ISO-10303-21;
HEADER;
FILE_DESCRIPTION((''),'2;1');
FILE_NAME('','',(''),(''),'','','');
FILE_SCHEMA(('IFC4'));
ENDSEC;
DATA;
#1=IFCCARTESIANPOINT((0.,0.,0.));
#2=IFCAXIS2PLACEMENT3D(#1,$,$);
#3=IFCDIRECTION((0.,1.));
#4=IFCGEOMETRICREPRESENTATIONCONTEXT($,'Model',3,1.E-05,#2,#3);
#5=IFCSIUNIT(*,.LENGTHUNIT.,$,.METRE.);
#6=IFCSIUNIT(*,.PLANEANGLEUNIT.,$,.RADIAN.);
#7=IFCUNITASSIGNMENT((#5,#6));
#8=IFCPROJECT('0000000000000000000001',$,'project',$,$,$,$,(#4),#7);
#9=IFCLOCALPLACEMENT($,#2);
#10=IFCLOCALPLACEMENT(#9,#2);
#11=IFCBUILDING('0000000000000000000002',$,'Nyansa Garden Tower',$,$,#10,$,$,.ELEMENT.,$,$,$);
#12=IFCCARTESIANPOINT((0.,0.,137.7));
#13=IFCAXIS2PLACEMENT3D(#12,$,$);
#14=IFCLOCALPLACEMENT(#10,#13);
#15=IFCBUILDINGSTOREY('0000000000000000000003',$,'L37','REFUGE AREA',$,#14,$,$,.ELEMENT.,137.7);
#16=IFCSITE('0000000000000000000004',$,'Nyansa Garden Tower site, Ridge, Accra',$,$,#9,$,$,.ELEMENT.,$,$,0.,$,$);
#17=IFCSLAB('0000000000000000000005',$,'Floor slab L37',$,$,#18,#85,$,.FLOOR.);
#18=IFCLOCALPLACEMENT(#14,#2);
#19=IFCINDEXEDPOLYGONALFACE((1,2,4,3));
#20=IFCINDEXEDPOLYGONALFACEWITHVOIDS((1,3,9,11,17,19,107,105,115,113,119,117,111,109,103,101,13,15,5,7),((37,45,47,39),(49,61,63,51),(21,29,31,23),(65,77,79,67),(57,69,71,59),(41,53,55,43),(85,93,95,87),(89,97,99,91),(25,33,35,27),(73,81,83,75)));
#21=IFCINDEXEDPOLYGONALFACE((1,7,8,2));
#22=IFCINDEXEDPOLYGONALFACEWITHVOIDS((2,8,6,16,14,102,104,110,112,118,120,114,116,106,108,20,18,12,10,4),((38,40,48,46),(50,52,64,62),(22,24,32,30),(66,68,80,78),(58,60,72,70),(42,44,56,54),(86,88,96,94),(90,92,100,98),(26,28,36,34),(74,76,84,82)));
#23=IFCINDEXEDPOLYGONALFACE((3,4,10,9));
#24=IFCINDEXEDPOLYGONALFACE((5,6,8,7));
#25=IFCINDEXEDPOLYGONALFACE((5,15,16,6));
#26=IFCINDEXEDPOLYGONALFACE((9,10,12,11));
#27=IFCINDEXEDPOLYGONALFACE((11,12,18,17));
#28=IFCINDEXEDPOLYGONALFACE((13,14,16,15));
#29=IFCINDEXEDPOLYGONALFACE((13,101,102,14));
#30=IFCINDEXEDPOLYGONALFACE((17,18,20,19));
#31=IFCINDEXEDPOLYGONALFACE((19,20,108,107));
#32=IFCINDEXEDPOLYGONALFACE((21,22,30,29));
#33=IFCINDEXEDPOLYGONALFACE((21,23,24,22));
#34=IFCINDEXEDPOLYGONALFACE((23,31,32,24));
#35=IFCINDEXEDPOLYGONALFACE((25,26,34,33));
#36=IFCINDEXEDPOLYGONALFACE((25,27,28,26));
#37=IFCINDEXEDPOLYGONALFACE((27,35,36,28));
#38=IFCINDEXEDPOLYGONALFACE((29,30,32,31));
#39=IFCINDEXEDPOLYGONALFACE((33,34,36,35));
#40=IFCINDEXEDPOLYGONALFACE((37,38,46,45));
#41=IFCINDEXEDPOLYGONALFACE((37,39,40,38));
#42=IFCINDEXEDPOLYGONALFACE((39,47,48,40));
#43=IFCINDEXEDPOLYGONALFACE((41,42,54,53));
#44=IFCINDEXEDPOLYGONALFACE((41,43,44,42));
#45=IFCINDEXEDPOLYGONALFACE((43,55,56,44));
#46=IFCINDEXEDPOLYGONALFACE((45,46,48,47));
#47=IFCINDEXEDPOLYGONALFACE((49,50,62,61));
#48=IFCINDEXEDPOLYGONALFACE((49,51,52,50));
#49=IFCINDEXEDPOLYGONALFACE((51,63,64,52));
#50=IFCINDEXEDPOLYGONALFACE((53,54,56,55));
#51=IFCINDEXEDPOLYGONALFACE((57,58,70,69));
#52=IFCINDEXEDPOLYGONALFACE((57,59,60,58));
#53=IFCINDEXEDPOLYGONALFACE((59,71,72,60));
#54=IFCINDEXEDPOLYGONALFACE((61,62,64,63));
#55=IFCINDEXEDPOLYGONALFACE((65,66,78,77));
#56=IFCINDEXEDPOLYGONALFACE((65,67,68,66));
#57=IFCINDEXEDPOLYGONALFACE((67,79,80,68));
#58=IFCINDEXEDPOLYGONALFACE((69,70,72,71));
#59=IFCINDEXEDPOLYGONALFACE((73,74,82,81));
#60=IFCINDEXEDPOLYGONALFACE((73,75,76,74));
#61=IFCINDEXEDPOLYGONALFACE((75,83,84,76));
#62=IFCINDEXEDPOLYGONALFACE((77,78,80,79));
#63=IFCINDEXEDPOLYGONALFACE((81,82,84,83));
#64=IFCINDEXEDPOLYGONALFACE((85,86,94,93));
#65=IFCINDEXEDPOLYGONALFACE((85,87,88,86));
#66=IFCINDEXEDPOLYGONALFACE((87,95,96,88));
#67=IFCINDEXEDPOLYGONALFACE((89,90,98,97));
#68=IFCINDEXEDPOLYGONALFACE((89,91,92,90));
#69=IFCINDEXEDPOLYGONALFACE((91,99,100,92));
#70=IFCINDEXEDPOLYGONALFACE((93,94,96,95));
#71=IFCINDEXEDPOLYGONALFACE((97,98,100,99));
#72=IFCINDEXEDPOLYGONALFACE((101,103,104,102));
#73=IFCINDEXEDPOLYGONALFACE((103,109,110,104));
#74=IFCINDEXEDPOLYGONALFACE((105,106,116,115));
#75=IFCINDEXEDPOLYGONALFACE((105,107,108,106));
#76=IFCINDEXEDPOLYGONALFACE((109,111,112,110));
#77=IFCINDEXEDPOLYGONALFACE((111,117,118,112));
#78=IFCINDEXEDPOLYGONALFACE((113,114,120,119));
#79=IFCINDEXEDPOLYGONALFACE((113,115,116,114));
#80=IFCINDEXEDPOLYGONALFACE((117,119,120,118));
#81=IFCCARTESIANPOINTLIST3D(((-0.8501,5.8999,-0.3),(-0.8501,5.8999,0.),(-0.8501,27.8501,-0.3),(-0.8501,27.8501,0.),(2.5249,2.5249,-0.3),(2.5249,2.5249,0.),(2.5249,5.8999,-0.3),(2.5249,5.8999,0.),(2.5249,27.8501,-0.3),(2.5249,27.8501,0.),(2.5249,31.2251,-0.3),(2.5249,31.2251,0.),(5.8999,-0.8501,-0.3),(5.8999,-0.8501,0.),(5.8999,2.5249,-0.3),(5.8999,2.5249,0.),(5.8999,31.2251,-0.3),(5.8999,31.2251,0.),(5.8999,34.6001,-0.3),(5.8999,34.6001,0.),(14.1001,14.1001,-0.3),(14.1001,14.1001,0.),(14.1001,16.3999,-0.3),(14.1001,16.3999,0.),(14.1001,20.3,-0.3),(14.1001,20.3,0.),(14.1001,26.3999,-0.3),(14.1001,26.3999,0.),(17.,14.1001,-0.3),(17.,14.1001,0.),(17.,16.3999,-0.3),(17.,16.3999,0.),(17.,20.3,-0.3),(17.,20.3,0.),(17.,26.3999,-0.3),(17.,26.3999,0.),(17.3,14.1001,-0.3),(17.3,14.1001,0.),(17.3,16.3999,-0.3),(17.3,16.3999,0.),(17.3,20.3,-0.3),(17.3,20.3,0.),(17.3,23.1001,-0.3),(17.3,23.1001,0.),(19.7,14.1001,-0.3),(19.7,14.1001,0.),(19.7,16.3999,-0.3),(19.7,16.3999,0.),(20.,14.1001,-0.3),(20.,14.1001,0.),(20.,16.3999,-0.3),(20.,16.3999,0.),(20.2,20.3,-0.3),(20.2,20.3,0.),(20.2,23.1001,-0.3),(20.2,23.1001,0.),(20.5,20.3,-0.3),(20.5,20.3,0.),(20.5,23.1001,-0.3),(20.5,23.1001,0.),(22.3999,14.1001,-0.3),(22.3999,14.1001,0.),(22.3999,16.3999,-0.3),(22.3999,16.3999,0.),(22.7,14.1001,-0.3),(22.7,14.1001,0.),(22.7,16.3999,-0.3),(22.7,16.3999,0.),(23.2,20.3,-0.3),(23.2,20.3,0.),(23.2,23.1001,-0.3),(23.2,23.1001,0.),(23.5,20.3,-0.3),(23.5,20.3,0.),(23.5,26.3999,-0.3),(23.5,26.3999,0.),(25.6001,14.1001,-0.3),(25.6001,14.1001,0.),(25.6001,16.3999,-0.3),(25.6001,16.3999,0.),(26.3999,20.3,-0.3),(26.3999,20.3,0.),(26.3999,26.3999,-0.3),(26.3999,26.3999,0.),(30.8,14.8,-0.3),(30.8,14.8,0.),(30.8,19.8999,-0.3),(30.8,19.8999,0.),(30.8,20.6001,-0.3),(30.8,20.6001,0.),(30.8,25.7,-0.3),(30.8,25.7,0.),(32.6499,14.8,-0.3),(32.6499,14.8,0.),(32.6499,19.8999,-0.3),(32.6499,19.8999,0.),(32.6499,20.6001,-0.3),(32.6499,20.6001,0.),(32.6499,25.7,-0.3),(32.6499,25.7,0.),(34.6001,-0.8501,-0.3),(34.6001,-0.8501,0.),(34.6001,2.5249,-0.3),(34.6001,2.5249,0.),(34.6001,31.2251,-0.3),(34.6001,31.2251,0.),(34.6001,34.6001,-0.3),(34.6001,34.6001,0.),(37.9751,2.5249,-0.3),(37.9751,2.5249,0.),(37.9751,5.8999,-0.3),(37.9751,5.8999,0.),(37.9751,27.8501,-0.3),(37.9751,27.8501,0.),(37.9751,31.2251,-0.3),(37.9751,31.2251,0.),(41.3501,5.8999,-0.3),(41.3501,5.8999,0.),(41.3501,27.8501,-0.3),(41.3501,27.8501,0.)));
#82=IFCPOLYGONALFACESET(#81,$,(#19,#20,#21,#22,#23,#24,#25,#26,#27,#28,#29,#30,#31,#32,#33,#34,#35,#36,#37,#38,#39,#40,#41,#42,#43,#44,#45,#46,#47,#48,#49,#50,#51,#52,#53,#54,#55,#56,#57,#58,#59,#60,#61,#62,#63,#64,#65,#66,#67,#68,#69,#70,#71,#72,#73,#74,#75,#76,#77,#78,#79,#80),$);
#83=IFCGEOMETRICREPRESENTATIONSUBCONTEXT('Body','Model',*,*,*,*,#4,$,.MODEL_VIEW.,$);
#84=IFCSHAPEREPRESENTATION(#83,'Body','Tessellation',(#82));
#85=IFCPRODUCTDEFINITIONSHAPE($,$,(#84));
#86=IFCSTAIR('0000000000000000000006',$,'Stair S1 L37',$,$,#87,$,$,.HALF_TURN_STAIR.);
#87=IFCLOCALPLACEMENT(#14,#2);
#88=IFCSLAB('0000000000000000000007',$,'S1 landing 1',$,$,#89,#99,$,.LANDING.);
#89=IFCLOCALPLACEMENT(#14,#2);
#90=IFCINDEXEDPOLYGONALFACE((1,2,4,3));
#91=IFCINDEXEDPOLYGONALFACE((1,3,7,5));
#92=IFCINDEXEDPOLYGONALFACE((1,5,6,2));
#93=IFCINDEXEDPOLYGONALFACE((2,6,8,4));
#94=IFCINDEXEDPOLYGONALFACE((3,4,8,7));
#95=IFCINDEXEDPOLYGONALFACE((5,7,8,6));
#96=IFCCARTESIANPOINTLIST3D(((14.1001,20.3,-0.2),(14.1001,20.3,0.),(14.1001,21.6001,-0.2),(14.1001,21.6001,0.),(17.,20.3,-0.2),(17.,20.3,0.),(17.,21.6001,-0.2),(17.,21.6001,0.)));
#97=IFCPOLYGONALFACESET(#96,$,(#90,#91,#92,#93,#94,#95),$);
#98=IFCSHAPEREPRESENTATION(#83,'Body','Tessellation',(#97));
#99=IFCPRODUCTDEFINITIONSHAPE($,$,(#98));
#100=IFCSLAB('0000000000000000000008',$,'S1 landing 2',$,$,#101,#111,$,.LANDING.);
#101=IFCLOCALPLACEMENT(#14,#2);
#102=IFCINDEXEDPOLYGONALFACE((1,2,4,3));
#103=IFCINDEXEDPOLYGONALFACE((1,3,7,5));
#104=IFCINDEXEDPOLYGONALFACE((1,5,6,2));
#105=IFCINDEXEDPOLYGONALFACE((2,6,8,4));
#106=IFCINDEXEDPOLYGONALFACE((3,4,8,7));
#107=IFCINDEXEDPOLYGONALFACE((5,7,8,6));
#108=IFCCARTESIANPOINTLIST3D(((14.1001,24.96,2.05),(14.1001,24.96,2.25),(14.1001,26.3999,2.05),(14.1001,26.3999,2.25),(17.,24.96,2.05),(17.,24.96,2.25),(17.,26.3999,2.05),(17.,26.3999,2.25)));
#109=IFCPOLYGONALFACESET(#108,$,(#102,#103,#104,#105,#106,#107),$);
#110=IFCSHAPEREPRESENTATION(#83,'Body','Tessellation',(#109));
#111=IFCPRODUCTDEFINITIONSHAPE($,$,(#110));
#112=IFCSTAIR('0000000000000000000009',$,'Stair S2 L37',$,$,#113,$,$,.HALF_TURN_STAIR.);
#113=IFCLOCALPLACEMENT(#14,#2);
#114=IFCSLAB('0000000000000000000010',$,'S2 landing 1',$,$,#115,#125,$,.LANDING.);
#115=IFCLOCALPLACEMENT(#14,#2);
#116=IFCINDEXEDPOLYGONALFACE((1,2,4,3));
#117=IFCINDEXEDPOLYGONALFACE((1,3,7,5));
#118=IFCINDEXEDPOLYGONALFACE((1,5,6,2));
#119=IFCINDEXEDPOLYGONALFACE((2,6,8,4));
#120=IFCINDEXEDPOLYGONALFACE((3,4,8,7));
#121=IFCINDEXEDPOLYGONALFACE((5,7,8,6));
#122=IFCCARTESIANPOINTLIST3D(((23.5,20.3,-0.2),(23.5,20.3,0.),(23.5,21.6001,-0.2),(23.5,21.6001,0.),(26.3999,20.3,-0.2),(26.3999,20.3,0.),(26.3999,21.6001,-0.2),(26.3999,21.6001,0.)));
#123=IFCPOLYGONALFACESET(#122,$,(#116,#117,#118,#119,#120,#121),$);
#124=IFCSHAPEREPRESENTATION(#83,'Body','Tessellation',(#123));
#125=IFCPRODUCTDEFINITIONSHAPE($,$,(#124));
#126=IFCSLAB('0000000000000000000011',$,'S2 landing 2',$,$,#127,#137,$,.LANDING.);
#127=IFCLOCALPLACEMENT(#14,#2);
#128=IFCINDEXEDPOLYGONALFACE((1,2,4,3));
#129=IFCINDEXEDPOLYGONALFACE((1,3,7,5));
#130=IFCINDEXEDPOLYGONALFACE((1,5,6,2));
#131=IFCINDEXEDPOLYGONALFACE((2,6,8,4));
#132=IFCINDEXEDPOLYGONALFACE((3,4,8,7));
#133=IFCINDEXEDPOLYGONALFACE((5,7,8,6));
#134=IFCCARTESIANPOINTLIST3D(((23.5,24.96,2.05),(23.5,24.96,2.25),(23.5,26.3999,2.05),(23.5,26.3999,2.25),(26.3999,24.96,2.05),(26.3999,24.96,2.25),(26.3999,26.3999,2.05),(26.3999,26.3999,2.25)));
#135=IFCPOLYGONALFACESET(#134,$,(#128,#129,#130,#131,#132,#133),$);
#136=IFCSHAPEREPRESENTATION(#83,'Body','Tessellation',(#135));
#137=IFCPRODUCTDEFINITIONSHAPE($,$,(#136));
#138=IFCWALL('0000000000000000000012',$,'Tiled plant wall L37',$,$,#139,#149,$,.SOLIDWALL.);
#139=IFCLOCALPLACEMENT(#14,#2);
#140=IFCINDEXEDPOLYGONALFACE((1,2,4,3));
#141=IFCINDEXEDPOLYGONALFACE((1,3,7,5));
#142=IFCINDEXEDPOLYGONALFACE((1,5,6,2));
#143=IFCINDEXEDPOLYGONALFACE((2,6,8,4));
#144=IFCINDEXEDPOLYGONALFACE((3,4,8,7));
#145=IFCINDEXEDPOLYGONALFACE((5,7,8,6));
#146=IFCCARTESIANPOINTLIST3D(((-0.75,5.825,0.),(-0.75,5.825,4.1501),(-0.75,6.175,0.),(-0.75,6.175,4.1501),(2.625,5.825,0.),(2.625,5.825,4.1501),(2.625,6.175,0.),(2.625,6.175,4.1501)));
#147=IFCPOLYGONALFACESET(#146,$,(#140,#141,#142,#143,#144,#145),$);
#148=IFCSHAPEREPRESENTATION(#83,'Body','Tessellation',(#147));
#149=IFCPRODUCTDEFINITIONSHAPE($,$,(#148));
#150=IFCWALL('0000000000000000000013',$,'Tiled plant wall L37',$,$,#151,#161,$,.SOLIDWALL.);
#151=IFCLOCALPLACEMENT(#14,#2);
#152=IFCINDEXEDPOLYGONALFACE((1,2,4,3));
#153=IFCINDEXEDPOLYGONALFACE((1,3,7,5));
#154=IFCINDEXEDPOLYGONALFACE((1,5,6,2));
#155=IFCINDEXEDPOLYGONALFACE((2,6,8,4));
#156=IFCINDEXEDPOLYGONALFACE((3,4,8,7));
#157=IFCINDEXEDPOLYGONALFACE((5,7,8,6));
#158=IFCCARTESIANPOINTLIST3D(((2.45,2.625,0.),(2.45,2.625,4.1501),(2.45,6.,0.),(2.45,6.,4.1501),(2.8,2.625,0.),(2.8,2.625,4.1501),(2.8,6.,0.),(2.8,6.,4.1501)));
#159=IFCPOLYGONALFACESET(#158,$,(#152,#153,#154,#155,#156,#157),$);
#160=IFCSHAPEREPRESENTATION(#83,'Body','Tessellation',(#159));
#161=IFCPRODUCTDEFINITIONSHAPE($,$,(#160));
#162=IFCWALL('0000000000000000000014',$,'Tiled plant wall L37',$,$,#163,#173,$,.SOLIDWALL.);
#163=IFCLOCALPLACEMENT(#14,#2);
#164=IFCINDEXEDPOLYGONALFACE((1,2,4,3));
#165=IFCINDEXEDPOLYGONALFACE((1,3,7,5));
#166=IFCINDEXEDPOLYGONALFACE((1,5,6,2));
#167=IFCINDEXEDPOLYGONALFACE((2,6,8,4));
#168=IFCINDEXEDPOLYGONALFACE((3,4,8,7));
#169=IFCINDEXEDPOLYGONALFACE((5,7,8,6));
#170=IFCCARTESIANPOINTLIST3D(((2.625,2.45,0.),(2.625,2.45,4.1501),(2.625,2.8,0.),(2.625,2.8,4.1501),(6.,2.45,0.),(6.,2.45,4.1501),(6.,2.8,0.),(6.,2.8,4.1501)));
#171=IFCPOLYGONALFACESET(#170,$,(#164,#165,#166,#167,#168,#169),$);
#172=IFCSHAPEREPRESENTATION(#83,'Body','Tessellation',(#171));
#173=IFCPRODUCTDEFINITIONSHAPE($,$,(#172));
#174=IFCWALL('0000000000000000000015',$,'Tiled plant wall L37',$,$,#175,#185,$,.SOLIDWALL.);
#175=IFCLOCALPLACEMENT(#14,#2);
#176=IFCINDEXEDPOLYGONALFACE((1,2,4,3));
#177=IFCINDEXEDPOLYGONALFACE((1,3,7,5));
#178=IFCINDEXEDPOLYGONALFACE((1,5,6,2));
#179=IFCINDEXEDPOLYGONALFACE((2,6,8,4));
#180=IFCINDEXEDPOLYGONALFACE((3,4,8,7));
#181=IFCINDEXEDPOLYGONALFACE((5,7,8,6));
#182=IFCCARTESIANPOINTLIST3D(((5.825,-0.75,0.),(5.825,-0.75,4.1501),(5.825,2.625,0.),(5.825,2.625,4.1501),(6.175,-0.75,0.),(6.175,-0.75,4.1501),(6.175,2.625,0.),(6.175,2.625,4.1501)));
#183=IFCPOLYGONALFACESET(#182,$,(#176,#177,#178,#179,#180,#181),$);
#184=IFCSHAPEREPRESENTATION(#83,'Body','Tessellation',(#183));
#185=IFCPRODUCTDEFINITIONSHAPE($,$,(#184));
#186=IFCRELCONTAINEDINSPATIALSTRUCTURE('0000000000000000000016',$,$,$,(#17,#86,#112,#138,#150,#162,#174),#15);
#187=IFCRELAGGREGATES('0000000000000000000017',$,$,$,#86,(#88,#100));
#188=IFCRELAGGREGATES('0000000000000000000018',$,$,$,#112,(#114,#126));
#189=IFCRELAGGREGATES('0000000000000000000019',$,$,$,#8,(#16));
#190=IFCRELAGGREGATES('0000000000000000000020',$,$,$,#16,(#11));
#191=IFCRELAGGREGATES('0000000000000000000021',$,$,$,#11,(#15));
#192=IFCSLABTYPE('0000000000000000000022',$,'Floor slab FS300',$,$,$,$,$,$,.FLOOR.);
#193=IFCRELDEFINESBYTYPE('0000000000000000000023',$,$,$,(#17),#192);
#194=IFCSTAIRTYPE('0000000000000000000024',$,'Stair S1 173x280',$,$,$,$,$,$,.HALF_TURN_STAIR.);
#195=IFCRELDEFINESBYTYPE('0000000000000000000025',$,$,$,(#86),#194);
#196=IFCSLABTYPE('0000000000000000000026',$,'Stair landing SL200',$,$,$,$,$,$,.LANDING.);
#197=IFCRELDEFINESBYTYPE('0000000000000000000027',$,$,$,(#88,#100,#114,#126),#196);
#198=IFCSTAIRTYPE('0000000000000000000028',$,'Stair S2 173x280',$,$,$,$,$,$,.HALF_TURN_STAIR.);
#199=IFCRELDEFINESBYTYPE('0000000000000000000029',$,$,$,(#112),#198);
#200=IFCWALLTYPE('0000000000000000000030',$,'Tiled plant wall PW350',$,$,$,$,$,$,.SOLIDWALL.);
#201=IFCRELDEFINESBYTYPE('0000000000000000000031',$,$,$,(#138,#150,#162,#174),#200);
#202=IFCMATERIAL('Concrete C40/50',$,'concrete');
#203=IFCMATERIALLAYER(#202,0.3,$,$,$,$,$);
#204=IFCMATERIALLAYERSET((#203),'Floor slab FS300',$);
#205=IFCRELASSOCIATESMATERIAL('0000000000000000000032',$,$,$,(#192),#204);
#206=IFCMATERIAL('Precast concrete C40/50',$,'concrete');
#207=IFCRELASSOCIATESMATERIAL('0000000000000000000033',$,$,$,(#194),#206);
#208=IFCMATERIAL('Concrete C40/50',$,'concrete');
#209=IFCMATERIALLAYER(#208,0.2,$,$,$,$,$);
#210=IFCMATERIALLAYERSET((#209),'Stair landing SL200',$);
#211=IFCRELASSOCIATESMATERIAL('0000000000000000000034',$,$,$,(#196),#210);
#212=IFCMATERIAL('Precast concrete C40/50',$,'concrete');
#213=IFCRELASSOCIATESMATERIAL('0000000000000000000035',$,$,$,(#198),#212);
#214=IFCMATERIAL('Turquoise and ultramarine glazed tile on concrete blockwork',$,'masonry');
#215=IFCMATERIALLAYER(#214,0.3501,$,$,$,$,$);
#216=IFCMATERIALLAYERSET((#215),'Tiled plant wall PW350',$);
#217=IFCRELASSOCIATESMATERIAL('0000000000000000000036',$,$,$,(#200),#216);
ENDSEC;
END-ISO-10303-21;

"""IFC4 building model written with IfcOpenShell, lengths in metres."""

from ifc_helpers import new_model, si_unit, direction, frame, frame_2d, origin, place, context, subcontext, project, spatial, polyline, rectangle, outline, extrude, material, layer, layer_set, type_object, element, aggregate, save


model = new_model("IFC4")

# Units and contexts
model_context = context("Model", 3, precision=1e-05, world=origin(), true_north=direction((0.0, 1.0)))
body_context = subcontext(model_context, "Body", "Model", "MODEL_VIEW")
ifc_project = project(units=[si_unit("LENGTHUNIT", "METRE"), si_unit("PLANEANGLEUNIT", "RADIAN")], contexts=[model_context])

# Site, building, storey
site_placement = place(None, origin())
site = spatial("IfcSite", under=ifc_project, at=site_placement, Name="Nyansa Garden Tower site, Ridge, Accra", CompositionType="ELEMENT", RefElevation=0.0)
building_placement = place(site_placement, origin())
building = spatial("IfcBuilding", under=site, at=building_placement, Name="Nyansa Garden Tower", CompositionType="ELEMENT")
storey_placement = place(building_placement, frame((0.0, 0.0, 137.7)))
storey = spatial("IfcBuildingStorey", under=building, at=storey_placement, Name="L37", Description="REFUGE AREA", CompositionType="ELEMENT", Elevation=137.7)

# Slab
ifc_material_1 = material(Name="Concrete C40/50", Category="concrete")
ifc_layer_1 = layer(ifc_material_1, 0.3)
ifc_layer_set_1 = layer_set([ifc_layer_1], Name="Floor slab FS300")
slab_type_1 = type_object("IfcSlabType", Name="Floor slab FS300", PredefinedType="FLOOR", material=ifc_layer_set_1)
slab_1_placement = place(storey_placement, frame((0.0, 0.0, -0.3)))
element("IfcSlab", 1, at=slab_1_placement, inside=storey, type_object=slab_type_1, Name="Floor slab L37", PredefinedType="FLOOR", context=body_context, shape_type="SweptSolid", body=[
    extrude(outline(polyline([(41.3501, 5.8999), (37.9751, 5.8999), (37.9751, 2.5249), (34.6001, 2.5249), (34.6001, -0.8501), (5.8999, -0.8501), (5.8999, 2.5249), (2.5249, 2.5249), (2.5249, 5.8999), (-0.8501, 5.8999), (-0.8501, 27.8501), (2.5249, 27.8501), (2.5249, 31.2251), (5.8999, 31.2251), (5.8999, 34.6001), (34.6001, 34.6001), (34.6001, 31.2251), (37.9751, 31.2251), (37.9751, 27.8501), (41.3501, 27.8501), (41.3501, 5.8999)]), holes=[polyline([(14.1001, 14.1001), (17.0, 14.1001), (17.0, 16.3999), (14.1001, 16.3999), (14.1001, 14.1001)]), polyline([(17.3, 14.1001), (19.7, 14.1001), (19.7, 16.3999), (17.3, 16.3999), (17.3, 14.1001)]), polyline([(20.0, 14.1001), (22.3999, 14.1001), (22.3999, 16.3999), (20.0, 16.3999), (20.0, 14.1001)]), polyline([(22.7, 14.1001), (25.6001, 14.1001), (25.6001, 16.3999), (22.7, 16.3999), (22.7, 14.1001)]), polyline([(17.3, 20.3), (20.2, 20.3), (20.2, 23.1001), (17.3, 23.1001), (17.3, 20.3)]), polyline([(20.5, 20.3), (23.2, 20.3), (23.2, 23.1001), (20.5, 23.1001), (20.5, 20.3)]), polyline([(30.8, 14.8), (32.6499, 14.8), (32.6499, 19.8999), (30.8, 19.8999), (30.8, 14.8)]), polyline([(30.8, 20.6001), (32.6499, 20.6001), (32.6499, 25.7), (30.8, 25.7), (30.8, 20.6001)]), polyline([(14.1001, 20.3), (17.0, 20.3), (17.0, 26.3999), (14.1001, 26.3999), (14.1001, 20.3)]), polyline([(23.5, 20.3), (26.3999, 20.3), (26.3999, 26.3999), (23.5, 26.3999), (23.5, 20.3)])]), origin(), (0.0, 0.0, 1.0), 0.3),
])

# Stairs, slabs
ifc_material_2 = material(Name="Precast concrete C40/50", Category="concrete")
stair_type_1 = type_object("IfcStairType", Name="Stair S1 173x280", PredefinedType="HALF_TURN_STAIR", material=ifc_material_2)
stair_1_placement = place(storey_placement, origin())
stair_1 = element("IfcStair", 2, at=stair_1_placement, inside=storey, type_object=stair_type_1, Name="Stair S1 L37", PredefinedType="HALF_TURN_STAIR")
ifc_material_3 = material(Name="Concrete C40/50", Category="concrete")
ifc_layer_2 = layer(ifc_material_3, 0.2)
ifc_layer_set_2 = layer_set([ifc_layer_2], Name="Stair landing SL200")
slab_type_2 = type_object("IfcSlabType", Name="Stair landing SL200", PredefinedType="LANDING", material=ifc_layer_set_2)
slab_2_placement = place(storey_placement, frame((0.0, 0.0, -0.2)))
slab_2 = element("IfcSlab", 3, at=slab_2_placement, type_object=slab_type_2, Name="S1 landing 1", PredefinedType="LANDING", context=body_context, shape_type="SweptSolid", body=[
    extrude(outline(polyline([(14.1001, 20.3), (17.0, 20.3), (17.0, 21.6001), (14.1001, 21.6001), (14.1001, 20.3)])), origin(), (0.0, 0.0, 1.0), 0.2),
])
slab_3_placement = place(storey_placement, frame((0.0, 0.0, 2.05)))
slab_3 = element("IfcSlab", 4, at=slab_3_placement, type_object=slab_type_2, Name="S1 landing 2", PredefinedType="LANDING", context=body_context, shape_type="SweptSolid", body=[
    extrude(outline(polyline([(14.1001, 24.96), (17.0, 24.96), (17.0, 26.3999), (14.1001, 26.3999), (14.1001, 24.96)])), origin(), (0.0, 0.0, 1.0), 0.2),
])
aggregate(stair_1, [slab_2, slab_3])
ifc_material_4 = material(Name="Precast concrete C40/50", Category="concrete")
stair_type_2 = type_object("IfcStairType", Name="Stair S2 173x280", PredefinedType="HALF_TURN_STAIR", material=ifc_material_4)
stair_2_placement = place(storey_placement, origin())
stair_2 = element("IfcStair", 5, at=stair_2_placement, inside=storey, type_object=stair_type_2, Name="Stair S2 L37", PredefinedType="HALF_TURN_STAIR")
slab_4_placement = place(storey_placement, frame((0.0, 0.0, -0.2)))
slab_4 = element("IfcSlab", 6, at=slab_4_placement, type_object=slab_type_2, Name="S2 landing 1", PredefinedType="LANDING", context=body_context, shape_type="SweptSolid", body=[
    extrude(outline(polyline([(23.5, 20.3), (26.3999, 20.3), (26.3999, 21.6001), (23.5, 21.6001), (23.5, 20.3)])), origin(), (0.0, 0.0, 1.0), 0.2),
])
slab_5_placement = place(storey_placement, frame((0.0, 0.0, 2.05)))
slab_5 = element("IfcSlab", 7, at=slab_5_placement, type_object=slab_type_2, Name="S2 landing 2", PredefinedType="LANDING", context=body_context, shape_type="SweptSolid", body=[
    extrude(outline(polyline([(23.5, 24.96), (26.3999, 24.96), (26.3999, 26.3999), (23.5, 26.3999), (23.5, 24.96)])), origin(), (0.0, 0.0, 1.0), 0.2),
])
aggregate(stair_2, [slab_4, slab_5])

# Walls
ifc_material_5 = material(Name="Turquoise and ultramarine glazed tile on concrete blockwork", Category="masonry")
ifc_layer_3 = layer(ifc_material_5, 0.3501)
ifc_layer_set_3 = layer_set([ifc_layer_3], Name="Tiled plant wall PW350")
wall_type = type_object("IfcWallType", Name="Tiled plant wall PW350", PredefinedType="SOLIDWALL", material=ifc_layer_set_3)
for number, where, z_axis, x_axis, name in (
    (8, (-0.75, 6.0, 0.0), (0.0, 0.0, 1.0), (1.0, 0.0, 0.0), "Tiled plant wall L37"),
    (9, (2.625, 6.0, 0.0), (0.0, 0.0, 1.0), (0.0, -1.0, 0.0), "Tiled plant wall L37"),
    (10, (2.625, 2.625, 0.0), (0.0, 0.0, 1.0), (1.0, 0.0, 0.0), "Tiled plant wall L37"),
    (11, (6.0, 2.625, 0.0), (0.0, 0.0, 1.0), (0.0, -1.0, 0.0), "Tiled plant wall L37"),
):
    element("IfcWall", number, at=place(storey_placement, frame(where, z_axis=z_axis, x_axis=x_axis)), inside=storey, type_object=wall_type, Name=name, PredefinedType="SOLIDWALL", context=body_context, shape_type="SweptSolid", body=[
        extrude(rectangle(XDim=3.375, YDim=0.3501, at=frame_2d((1.6875, 0.0))), origin(), (0.0, 0.0, 1.0), 4.1501),
    ])

save(model, "model.ifc")
